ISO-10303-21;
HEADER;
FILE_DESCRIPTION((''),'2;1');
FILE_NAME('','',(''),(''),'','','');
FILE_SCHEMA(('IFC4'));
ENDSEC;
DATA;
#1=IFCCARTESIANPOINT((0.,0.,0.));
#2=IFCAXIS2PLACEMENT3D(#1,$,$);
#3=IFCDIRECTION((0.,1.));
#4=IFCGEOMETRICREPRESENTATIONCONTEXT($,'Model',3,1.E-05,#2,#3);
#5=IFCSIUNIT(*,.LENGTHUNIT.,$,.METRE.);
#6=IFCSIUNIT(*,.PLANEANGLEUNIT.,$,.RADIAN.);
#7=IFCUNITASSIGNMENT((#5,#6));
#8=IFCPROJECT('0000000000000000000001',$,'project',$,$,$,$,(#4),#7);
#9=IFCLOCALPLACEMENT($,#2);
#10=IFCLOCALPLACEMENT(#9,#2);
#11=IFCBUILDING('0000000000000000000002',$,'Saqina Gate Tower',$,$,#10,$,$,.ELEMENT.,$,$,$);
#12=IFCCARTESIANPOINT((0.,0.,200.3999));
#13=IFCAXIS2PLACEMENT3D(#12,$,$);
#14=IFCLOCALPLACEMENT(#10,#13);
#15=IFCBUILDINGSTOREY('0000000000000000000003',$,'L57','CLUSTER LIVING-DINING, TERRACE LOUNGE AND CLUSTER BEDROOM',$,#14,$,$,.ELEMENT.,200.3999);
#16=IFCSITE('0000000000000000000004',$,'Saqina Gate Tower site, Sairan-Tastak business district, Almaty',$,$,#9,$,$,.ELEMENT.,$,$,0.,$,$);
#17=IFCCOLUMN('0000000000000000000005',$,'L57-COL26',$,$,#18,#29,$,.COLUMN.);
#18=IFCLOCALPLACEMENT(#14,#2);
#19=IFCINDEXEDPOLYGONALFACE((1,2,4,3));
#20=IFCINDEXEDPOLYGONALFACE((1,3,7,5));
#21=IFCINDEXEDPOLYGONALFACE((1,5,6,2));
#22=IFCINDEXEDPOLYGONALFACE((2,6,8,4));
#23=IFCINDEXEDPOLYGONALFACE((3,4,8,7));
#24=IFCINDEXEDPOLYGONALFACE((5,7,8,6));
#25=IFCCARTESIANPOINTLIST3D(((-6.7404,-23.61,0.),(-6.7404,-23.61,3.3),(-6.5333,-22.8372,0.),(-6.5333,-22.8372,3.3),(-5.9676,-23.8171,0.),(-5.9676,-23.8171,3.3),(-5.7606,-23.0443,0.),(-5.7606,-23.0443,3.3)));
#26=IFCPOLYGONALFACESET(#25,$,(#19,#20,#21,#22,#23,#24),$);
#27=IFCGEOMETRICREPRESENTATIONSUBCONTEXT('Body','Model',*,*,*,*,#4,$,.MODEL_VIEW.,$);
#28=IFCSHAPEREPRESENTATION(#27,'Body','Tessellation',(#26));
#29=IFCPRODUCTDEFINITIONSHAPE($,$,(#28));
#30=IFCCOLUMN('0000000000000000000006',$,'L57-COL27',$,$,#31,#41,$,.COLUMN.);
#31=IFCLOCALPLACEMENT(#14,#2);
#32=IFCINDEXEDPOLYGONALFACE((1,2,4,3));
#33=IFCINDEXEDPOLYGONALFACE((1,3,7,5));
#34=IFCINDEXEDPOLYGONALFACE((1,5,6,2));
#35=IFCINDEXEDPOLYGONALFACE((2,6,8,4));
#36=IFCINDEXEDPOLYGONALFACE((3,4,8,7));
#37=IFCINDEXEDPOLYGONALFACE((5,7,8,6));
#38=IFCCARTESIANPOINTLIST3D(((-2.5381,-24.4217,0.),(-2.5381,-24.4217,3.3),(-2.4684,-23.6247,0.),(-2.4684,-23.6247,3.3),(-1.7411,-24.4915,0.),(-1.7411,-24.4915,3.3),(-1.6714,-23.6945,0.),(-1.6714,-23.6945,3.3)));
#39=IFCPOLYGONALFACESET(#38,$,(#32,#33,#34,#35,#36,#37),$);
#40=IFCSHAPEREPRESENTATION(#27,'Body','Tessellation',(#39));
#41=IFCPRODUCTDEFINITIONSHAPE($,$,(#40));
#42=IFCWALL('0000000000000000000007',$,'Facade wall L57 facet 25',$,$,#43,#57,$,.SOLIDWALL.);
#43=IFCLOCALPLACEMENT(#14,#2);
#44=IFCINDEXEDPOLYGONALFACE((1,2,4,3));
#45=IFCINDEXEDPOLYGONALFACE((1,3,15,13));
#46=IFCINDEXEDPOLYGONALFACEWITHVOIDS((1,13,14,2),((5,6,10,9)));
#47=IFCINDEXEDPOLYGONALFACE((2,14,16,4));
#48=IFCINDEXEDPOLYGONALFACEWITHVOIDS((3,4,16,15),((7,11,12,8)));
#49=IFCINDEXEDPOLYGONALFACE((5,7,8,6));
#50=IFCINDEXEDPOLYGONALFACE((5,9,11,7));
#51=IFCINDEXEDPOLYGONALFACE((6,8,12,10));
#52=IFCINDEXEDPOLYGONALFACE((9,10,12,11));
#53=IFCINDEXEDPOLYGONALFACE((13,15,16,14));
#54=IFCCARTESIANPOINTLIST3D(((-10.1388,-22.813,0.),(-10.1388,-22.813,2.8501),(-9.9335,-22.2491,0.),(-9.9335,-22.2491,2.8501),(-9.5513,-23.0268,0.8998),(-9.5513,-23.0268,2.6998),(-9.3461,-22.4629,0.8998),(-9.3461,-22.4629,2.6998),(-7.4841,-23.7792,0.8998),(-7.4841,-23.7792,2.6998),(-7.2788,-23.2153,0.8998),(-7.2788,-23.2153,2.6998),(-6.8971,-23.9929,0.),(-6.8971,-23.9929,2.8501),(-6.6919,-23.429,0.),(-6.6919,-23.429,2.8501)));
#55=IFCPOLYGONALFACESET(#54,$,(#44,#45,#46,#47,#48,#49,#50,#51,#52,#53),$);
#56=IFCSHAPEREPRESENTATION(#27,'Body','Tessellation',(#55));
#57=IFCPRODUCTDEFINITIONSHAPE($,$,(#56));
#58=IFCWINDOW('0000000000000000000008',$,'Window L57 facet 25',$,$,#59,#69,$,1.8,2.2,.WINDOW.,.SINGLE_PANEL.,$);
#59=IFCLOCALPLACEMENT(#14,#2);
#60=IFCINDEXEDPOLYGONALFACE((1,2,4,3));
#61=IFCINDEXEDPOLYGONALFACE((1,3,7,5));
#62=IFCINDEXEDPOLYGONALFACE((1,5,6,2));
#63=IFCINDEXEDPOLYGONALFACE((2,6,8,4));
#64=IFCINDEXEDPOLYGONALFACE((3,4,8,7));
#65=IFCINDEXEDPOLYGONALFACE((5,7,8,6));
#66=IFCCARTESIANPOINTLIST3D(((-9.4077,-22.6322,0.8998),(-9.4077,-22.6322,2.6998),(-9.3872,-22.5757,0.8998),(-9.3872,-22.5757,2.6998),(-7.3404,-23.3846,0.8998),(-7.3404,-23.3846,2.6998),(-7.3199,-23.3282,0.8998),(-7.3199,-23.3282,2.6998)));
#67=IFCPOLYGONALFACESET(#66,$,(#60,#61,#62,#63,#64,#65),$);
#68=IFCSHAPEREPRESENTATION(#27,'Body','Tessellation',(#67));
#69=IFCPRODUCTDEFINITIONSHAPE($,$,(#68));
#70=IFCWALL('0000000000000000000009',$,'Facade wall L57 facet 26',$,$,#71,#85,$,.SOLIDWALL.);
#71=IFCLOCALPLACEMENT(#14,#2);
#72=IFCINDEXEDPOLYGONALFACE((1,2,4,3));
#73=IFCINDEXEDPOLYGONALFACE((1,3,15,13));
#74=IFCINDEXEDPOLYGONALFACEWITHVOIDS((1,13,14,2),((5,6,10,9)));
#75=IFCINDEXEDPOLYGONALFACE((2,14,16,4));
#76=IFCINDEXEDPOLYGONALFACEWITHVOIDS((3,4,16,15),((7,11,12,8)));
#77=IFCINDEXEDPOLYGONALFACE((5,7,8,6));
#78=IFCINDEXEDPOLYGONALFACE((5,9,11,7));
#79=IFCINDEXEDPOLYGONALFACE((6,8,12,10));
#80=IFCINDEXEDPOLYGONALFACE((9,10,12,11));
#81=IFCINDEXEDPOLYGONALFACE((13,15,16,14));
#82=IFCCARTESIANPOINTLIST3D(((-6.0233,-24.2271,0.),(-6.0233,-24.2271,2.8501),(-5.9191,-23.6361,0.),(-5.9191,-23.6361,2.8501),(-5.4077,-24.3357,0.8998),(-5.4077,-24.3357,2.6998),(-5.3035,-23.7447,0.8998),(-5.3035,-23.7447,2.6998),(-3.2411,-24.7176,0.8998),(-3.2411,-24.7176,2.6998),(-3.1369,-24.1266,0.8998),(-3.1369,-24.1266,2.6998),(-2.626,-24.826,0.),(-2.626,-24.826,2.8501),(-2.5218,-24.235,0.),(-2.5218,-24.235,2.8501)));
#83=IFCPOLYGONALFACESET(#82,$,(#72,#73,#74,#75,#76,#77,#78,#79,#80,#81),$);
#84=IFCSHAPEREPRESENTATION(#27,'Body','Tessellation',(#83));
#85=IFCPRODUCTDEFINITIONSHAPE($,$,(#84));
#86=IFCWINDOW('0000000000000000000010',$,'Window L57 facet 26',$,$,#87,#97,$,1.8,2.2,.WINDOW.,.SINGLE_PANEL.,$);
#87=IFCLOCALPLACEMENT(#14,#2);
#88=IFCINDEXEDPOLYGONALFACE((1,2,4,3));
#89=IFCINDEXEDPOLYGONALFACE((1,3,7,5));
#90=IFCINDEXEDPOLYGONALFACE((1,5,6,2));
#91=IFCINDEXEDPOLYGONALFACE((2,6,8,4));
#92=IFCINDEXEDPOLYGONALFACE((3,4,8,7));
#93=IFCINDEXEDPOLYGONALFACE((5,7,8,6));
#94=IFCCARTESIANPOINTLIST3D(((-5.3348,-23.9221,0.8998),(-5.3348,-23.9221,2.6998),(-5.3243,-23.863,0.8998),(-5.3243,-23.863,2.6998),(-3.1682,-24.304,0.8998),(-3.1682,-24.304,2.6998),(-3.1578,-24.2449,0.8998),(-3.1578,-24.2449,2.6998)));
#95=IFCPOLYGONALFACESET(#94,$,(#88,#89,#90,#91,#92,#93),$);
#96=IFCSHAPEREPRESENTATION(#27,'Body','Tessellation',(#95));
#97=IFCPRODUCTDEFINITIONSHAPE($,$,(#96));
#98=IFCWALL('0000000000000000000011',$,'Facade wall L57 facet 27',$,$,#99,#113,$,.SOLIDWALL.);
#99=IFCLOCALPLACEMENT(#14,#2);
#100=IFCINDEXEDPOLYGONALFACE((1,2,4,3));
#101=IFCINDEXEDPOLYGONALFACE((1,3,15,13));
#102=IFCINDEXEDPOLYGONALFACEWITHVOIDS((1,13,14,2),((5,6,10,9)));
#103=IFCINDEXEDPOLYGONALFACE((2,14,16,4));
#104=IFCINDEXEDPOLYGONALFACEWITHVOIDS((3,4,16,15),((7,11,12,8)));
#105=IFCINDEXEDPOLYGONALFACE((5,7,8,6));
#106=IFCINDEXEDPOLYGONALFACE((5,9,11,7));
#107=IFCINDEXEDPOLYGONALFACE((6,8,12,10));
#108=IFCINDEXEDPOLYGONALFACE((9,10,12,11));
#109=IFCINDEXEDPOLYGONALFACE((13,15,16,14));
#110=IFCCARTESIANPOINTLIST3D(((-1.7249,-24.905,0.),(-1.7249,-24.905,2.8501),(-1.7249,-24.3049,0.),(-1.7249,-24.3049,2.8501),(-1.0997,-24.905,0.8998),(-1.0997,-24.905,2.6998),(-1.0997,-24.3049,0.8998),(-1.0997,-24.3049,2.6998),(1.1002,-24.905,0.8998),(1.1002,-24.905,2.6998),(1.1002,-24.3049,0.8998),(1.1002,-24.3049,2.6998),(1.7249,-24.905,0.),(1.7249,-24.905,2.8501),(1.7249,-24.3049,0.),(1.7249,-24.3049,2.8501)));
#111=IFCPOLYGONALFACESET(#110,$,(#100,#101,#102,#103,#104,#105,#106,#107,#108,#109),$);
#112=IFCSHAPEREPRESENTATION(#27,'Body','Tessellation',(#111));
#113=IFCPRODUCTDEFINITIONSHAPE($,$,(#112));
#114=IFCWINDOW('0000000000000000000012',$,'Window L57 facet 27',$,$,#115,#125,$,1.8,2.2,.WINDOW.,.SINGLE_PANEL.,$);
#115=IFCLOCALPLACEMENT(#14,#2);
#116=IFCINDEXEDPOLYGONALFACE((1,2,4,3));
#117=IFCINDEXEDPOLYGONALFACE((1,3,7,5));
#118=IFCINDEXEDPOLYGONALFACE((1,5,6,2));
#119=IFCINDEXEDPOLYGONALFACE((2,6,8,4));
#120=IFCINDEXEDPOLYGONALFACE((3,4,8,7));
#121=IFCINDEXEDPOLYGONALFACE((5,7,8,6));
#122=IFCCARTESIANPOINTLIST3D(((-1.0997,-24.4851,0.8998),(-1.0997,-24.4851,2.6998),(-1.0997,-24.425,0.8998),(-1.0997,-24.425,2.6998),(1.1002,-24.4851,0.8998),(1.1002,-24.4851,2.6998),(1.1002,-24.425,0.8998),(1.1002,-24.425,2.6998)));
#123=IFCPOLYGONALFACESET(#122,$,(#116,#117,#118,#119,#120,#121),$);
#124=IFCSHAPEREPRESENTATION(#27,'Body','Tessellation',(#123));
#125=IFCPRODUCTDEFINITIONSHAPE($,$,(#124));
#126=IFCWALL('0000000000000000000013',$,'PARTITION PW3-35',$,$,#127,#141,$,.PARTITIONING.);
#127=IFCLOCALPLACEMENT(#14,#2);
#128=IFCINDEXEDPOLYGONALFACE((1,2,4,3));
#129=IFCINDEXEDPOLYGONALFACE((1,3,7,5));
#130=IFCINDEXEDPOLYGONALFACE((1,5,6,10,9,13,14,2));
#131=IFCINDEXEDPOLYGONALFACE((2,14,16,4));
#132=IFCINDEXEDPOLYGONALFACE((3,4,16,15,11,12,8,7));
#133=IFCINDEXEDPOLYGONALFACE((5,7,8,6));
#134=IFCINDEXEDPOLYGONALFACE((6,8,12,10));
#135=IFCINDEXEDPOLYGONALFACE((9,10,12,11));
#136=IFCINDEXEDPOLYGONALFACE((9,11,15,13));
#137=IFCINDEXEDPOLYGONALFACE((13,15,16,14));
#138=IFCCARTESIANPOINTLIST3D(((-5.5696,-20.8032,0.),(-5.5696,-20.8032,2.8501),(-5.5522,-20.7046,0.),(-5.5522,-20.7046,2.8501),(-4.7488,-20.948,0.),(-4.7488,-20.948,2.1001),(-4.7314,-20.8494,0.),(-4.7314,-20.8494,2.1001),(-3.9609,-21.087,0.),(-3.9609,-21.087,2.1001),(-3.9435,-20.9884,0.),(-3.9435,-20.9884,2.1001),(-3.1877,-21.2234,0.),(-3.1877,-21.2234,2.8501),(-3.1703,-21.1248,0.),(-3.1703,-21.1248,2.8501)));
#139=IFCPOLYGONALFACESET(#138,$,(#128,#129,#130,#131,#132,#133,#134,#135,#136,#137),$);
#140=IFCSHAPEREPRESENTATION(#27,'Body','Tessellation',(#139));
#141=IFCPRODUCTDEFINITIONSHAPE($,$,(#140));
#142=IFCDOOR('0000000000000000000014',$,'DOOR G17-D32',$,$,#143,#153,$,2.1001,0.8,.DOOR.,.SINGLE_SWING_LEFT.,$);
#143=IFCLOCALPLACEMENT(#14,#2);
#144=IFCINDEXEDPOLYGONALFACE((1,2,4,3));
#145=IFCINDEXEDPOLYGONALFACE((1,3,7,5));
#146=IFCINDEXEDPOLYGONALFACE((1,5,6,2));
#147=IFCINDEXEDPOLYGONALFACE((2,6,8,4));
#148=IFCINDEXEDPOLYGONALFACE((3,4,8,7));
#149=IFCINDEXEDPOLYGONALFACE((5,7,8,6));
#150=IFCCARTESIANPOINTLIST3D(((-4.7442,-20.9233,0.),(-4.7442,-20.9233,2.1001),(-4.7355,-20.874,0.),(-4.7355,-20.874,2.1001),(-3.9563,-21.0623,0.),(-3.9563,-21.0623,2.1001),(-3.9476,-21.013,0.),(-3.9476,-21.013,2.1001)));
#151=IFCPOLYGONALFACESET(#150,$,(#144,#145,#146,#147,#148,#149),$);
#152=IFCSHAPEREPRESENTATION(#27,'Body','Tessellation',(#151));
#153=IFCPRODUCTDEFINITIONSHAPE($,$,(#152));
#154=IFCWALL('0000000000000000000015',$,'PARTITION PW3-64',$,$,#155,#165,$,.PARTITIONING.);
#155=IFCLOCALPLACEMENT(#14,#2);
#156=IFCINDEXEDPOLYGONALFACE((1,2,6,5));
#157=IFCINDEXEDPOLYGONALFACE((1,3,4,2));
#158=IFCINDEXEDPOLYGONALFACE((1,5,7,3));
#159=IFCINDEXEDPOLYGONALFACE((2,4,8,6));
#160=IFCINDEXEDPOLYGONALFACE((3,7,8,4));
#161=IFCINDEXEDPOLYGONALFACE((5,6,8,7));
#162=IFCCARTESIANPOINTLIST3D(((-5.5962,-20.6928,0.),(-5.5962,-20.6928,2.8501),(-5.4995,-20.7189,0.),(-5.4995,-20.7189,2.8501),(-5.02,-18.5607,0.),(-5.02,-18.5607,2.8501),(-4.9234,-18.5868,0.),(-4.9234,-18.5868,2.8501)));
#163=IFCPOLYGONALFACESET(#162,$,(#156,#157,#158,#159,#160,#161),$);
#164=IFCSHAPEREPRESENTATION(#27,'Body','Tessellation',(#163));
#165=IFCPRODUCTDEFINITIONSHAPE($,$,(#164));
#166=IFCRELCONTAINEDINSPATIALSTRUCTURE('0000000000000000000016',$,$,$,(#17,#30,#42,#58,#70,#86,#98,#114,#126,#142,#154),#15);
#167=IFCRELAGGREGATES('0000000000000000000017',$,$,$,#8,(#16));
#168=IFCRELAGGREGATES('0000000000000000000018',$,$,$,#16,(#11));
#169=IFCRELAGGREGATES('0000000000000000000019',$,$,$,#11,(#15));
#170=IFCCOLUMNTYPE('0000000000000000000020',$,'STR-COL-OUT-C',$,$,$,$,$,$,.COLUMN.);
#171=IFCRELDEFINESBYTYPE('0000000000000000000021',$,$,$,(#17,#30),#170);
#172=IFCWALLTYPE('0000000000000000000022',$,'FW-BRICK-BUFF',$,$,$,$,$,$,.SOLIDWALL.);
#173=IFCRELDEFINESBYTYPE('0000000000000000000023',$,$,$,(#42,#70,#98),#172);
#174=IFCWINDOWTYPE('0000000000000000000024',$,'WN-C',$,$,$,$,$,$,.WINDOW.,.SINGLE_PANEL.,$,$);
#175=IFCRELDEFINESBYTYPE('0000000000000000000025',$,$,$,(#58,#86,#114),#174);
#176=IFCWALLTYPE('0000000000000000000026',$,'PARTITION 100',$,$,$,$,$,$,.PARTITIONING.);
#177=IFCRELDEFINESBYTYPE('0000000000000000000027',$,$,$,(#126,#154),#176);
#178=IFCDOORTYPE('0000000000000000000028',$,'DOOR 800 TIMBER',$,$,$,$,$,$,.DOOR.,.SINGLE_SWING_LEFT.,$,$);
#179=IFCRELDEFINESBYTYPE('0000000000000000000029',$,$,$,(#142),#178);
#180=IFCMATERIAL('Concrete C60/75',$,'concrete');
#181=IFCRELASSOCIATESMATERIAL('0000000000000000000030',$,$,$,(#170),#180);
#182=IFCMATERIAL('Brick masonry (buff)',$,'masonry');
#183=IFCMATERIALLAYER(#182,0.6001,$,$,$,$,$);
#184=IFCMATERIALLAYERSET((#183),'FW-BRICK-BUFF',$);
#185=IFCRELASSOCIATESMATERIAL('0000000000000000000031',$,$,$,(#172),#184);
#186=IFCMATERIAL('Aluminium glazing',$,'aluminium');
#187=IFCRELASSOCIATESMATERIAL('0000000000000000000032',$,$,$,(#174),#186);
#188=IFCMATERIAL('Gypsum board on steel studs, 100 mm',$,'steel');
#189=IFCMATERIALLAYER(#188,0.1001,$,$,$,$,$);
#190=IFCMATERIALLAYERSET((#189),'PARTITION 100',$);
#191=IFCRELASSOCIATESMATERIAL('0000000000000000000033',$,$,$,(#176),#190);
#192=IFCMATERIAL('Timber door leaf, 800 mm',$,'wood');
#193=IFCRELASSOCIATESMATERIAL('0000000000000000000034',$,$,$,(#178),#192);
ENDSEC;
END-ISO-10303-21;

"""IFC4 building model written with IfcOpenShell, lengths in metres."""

from ifc_helpers import new_model, si_unit, direction, frame, frame_2d, origin, origin_2d, place, context, subcontext, project, spatial, rectangle, extrude, material, layer, layer_set, material_profile, profile_set, type_object, element, fill, save


model = new_model("IFC4")

# Units and contexts
model_context = context("Model", 3, precision=1e-05, world=origin(), true_north=direction((0.0, 1.0)))
body_context = subcontext(model_context, "Body", "Model", "MODEL_VIEW")
ifc_project = project(units=[si_unit("LENGTHUNIT", "METRE"), si_unit("PLANEANGLEUNIT", "RADIAN")], contexts=[model_context])

# Site, building, storey
site_placement = place(None, origin())
site = spatial("IfcSite", under=ifc_project, at=site_placement, Name="Saqina Gate Tower site, Sairan-Tastak business district, Almaty", CompositionType="ELEMENT", RefElevation=0.0)
building_placement = place(site_placement, origin())
building = spatial("IfcBuilding", under=site, at=building_placement, Name="Saqina Gate Tower", CompositionType="ELEMENT")
storey_placement = place(building_placement, frame((0.0, 0.0, 200.3999)))
storey = spatial("IfcBuildingStorey", under=building, at=storey_placement, Name="L57", Description="CLUSTER LIVING-DINING, TERRACE LOUNGE AND CLUSTER BEDROOM", CompositionType="ELEMENT", Elevation=200.3999)

# Columns
ifc_material_1 = material(Name="Concrete C60/75", Category="concrete")
ifc_material_profile = material_profile(ifc_material_1, rectangle(XDim=0.8, YDim=0.8, at=origin_2d()), Name="RC 800x800")
ifc_profile_set = profile_set([ifc_material_profile], Name="Concrete C60/75")
column_type = type_object("IfcColumnType", Name="STR-COL-OUT-C", PredefinedType="COLUMN", material=ifc_profile_set)
for number, where, z_axis, x_axis, name in (
    (1, (-6.2505, -23.3271, 0.0), (0.0, 0.0, 1.0), (-0.258819, -0.965926, 0.0), "L57-COL26"),
    (2, (-2.1047, -24.0581, 0.0), (0.0, 0.0, 1.0), (-0.087156, -0.996195, 0.0), "L57-COL27"),
):
    element("IfcColumn", number, at=place(storey_placement, frame(where, z_axis=z_axis, x_axis=x_axis)), inside=storey, type_object=column_type, Name=name, PredefinedType="COLUMN", context=body_context, shape_type="SweptSolid", body=[
        extrude(rectangle(XDim=0.8, YDim=0.8, at=origin_2d()), origin(), (0.0, 0.0, 1.0), 3.3),
    ])

# Walls, openings, windows
ifc_material_2 = material(Name="Brick masonry (buff)", Category="masonry")
ifc_layer_1 = layer(ifc_material_2, 0.6001)
ifc_layer_set_1 = layer_set([ifc_layer_1], Name="FW-BRICK-BUFF")
wall_type_1 = type_object("IfcWallType", Name="FW-BRICK-BUFF", PredefinedType="SOLIDWALL", material=ifc_layer_set_1)
wall_1_placement = place(storey_placement, frame((-10.0361, -22.531, 0.0), z_axis=(0.0, 0.0, 1.0), x_axis=(0.939688, -0.342033, 0.0)))
wall_1 = element("IfcWall", 3, at=wall_1_placement, inside=storey, type_object=wall_type_1, Name="Facade wall L57 facet 25", PredefinedType="SOLIDWALL", context=body_context, shape_type="SweptSolid", body=[
    extrude(rectangle(XDim=3.4497, YDim=0.6001, at=frame_2d((1.7249, 0.0))), origin(), (0.0, 0.0, 1.0), 2.8501),
])
opening_1_placement = place(wall_1_placement, frame((0.625, 0.0, 0.8999)))
opening_1 = element("IfcOpeningElement", 4, at=opening_1_placement, cuts=wall_1, PredefinedType="OPENING", context=body_context, shape_type="SweptSolid", body=[
    extrude(rectangle(XDim=2.2, YDim=1.8, at=frame_2d((1.1001, 0.8999))), frame((0.0, 0.312, 0.0), z_axis=(0.0, -1.0, 0.0), x_axis=(1.0, 0.0, 0.0)), (0.0, 0.0, 1.0), 0.624),
])
ifc_material_3 = material(Name="Aluminium glazing", Category="aluminium")
window_type = type_object("IfcWindowType", Name="WN-C", PartitioningType="SINGLE_PANEL", PredefinedType="WINDOW", material=ifc_material_3)
window_1_placement = place(opening_1_placement, origin())
window_1 = element("IfcWindow", 5, at=window_1_placement, inside=storey, type_object=window_type, Name="Window L57 facet 25", OverallHeight=1.8, OverallWidth=2.2, PartitioningType="SINGLE_PANEL", PredefinedType="WINDOW", context=body_context, shape_type="SweptSolid", body=[
    extrude(rectangle(XDim=2.2, YDim=1.8, at=frame_2d((1.1001, 0.8999))), frame((0.0, 0.1799, 0.0), z_axis=(0.0, -1.0, 0.0), x_axis=(1.0, 0.0, 0.0)), (0.0, 0.0, 1.0), 0.0601),
])
fill(opening_1, window_1)
wall_2_placement = place(storey_placement, frame((-5.9712, -23.9316, 0.0), z_axis=(0.0, 0.0, 1.0), x_axis=(0.984815, -0.173608, 0.0)))
wall_2 = element("IfcWall", 6, at=wall_2_placement, inside=storey, type_object=wall_type_1, Name="Facade wall L57 facet 26", PredefinedType="SOLIDWALL", context=body_context, shape_type="SweptSolid", body=[
    extrude(rectangle(XDim=3.4497, YDim=0.6001, at=frame_2d((1.7249, 0.0))), origin(), (0.0, 0.0, 1.0), 2.8501),
])
opening_2_placement = place(wall_2_placement, frame((0.625, 0.0, 0.8999)))
opening_2 = element("IfcOpeningElement", 7, at=opening_2_placement, cuts=wall_2, PredefinedType="OPENING", context=body_context, shape_type="SweptSolid", body=[
    extrude(rectangle(XDim=2.2, YDim=1.8, at=frame_2d((1.1001, 0.8999))), frame((0.0, 0.312, 0.0), z_axis=(0.0, -1.0, 0.0), x_axis=(1.0, 0.0, 0.0)), (0.0, 0.0, 1.0), 0.624),
])
window_2_placement = place(opening_2_placement, origin())
window_2 = element("IfcWindow", 8, at=window_2_placement, inside=storey, type_object=window_type, Name="Window L57 facet 26", OverallHeight=1.8, OverallWidth=2.2, PartitioningType="SINGLE_PANEL", PredefinedType="WINDOW", context=body_context, shape_type="SweptSolid", body=[
    extrude(rectangle(XDim=2.2, YDim=1.8, at=frame_2d((1.1001, 0.8999))), frame((0.0, 0.1799, 0.0), z_axis=(0.0, -1.0, 0.0), x_axis=(1.0, 0.0, 0.0)), (0.0, 0.0, 1.0), 0.0601),
])
fill(opening_2, window_2)
wall_3_placement = place(storey_placement, frame((-1.7249, -24.605, 0.0), z_axis=(0.0, 0.0, 1.0), x_axis=(1.0, 0.0, 0.0)))
wall_3 = element("IfcWall", 9, at=wall_3_placement, inside=storey, type_object=wall_type_1, Name="Facade wall L57 facet 27", PredefinedType="SOLIDWALL", context=body_context, shape_type="SweptSolid", body=[
    extrude(rectangle(XDim=3.4497, YDim=0.6001, at=frame_2d((1.7249, 0.0))), origin(), (0.0, 0.0, 1.0), 2.8501),
])
opening_3_placement = place(wall_3_placement, frame((0.625, 0.0, 0.8999)))
opening_3 = element("IfcOpeningElement", 10, at=opening_3_placement, cuts=wall_3, PredefinedType="OPENING", context=body_context, shape_type="SweptSolid", body=[
    extrude(rectangle(XDim=2.2, YDim=1.8, at=frame_2d((1.1001, 0.8999))), frame((0.0, 0.312, 0.0), z_axis=(0.0, -1.0, 0.0), x_axis=(1.0, 0.0, 0.0)), (0.0, 0.0, 1.0), 0.624),
])
window_3_placement = place(opening_3_placement, origin())
window_3 = element("IfcWindow", 11, at=window_3_placement, inside=storey, type_object=window_type, Name="Window L57 facet 27", OverallHeight=1.8, OverallWidth=2.2, PartitioningType="SINGLE_PANEL", PredefinedType="WINDOW", context=body_context, shape_type="SweptSolid", body=[
    extrude(rectangle(XDim=2.2, YDim=1.8, at=frame_2d((1.1001, 0.8999))), frame((0.0, 0.1799, 0.0), z_axis=(0.0, -1.0, 0.0), x_axis=(1.0, 0.0, 0.0)), (0.0, 0.0, 1.0), 0.0601),
])
fill(opening_3, window_3)

# Wall, opening, door
ifc_material_4 = material(Name="Gypsum board on steel studs, 100 mm", Category="steel")
ifc_layer_2 = layer(ifc_material_4, 0.1001)
ifc_layer_set_2 = layer_set([ifc_layer_2], Name="PARTITION 100")
wall_type_2 = type_object("IfcWallType", Name="PARTITION 100", PredefinedType="PARTITIONING", material=ifc_layer_set_2)
wall_4_placement = place(storey_placement, frame((-5.561, -20.7539, 0.0), z_axis=(0.0, 0.0, 1.0), x_axis=(0.984795, -0.173722, 0.0)))
wall_4 = element("IfcWall", 12, at=wall_4_placement, inside=storey, type_object=wall_type_2, Name="PARTITION PW3-35", PredefinedType="PARTITIONING", context=body_context, shape_type="SweptSolid", body=[
    extrude(rectangle(XDim=2.4187, YDim=0.1001, at=frame_2d((1.2095, 0.0))), origin(), (0.0, 0.0, 1.0), 2.8501),
])
opening_4_placement = place(wall_4_placement, frame((0.8337, 0.0, 0.0)))
opening_4 = element("IfcOpeningElement", 13, at=opening_4_placement, cuts=wall_4, PredefinedType="OPENING", context=body_context, shape_type="SweptSolid", body=[
    extrude(rectangle(XDim=0.8, YDim=2.1001, at=frame_2d((0.3999, 1.05))), frame((0.0, 0.062, 0.0), z_axis=(0.0, -1.0, 0.0), x_axis=(1.0, 0.0, 0.0)), (0.0, 0.0, 1.0), 0.124),
])
ifc_material_5 = material(Name="Timber door leaf, 800 mm", Category="wood")
door_type_1 = type_object("IfcDoorType", Name="DOOR 800 TIMBER", OperationType="SINGLE_SWING_LEFT", PredefinedType="DOOR", material=ifc_material_5)
door_1_placement = place(opening_4_placement, frame((0.8, 0.0, 0.0), z_axis=(0.0, 0.0, 1.0), x_axis=(-1.0, 0.0, 0.0)))
door_1 = element("IfcDoor", 14, at=door_1_placement, inside=storey, type_object=door_type_1, Name="DOOR G17-D32", OperationType="SINGLE_SWING_LEFT", OverallHeight=2.1001, OverallWidth=0.8, PredefinedType="DOOR", context=body_context, shape_type="SweptSolid", body=[
    extrude(rectangle(XDim=0.8, YDim=2.1001, at=frame_2d((0.3999, 1.05))), frame((0.0, 0.0249, 0.0), z_axis=(0.0, -1.0, 0.0), x_axis=(1.0, 0.0, 0.0)), (0.0, 0.0, 1.0), 0.05),
])
fill(opening_4, door_1)

# Wall
wall_5_placement = place(storey_placement, frame((-5.5479, -20.7058, 0.0), z_axis=(0.0, 0.0, 1.0), x_axis=(0.260881, 0.965371, 0.0)))
element("IfcWall", 15, at=wall_5_placement, inside=storey, type_object=wall_type_2, Name="PARTITION PW3-64", PredefinedType="PARTITIONING", context=body_context, shape_type="SweptSolid", body=[
    extrude(rectangle(XDim=2.2085, YDim=0.1001, at=frame_2d((1.1042, 0.0))), origin(), (0.0, 0.0, 1.0), 2.8501),
])

save(model, "model.ifc")
